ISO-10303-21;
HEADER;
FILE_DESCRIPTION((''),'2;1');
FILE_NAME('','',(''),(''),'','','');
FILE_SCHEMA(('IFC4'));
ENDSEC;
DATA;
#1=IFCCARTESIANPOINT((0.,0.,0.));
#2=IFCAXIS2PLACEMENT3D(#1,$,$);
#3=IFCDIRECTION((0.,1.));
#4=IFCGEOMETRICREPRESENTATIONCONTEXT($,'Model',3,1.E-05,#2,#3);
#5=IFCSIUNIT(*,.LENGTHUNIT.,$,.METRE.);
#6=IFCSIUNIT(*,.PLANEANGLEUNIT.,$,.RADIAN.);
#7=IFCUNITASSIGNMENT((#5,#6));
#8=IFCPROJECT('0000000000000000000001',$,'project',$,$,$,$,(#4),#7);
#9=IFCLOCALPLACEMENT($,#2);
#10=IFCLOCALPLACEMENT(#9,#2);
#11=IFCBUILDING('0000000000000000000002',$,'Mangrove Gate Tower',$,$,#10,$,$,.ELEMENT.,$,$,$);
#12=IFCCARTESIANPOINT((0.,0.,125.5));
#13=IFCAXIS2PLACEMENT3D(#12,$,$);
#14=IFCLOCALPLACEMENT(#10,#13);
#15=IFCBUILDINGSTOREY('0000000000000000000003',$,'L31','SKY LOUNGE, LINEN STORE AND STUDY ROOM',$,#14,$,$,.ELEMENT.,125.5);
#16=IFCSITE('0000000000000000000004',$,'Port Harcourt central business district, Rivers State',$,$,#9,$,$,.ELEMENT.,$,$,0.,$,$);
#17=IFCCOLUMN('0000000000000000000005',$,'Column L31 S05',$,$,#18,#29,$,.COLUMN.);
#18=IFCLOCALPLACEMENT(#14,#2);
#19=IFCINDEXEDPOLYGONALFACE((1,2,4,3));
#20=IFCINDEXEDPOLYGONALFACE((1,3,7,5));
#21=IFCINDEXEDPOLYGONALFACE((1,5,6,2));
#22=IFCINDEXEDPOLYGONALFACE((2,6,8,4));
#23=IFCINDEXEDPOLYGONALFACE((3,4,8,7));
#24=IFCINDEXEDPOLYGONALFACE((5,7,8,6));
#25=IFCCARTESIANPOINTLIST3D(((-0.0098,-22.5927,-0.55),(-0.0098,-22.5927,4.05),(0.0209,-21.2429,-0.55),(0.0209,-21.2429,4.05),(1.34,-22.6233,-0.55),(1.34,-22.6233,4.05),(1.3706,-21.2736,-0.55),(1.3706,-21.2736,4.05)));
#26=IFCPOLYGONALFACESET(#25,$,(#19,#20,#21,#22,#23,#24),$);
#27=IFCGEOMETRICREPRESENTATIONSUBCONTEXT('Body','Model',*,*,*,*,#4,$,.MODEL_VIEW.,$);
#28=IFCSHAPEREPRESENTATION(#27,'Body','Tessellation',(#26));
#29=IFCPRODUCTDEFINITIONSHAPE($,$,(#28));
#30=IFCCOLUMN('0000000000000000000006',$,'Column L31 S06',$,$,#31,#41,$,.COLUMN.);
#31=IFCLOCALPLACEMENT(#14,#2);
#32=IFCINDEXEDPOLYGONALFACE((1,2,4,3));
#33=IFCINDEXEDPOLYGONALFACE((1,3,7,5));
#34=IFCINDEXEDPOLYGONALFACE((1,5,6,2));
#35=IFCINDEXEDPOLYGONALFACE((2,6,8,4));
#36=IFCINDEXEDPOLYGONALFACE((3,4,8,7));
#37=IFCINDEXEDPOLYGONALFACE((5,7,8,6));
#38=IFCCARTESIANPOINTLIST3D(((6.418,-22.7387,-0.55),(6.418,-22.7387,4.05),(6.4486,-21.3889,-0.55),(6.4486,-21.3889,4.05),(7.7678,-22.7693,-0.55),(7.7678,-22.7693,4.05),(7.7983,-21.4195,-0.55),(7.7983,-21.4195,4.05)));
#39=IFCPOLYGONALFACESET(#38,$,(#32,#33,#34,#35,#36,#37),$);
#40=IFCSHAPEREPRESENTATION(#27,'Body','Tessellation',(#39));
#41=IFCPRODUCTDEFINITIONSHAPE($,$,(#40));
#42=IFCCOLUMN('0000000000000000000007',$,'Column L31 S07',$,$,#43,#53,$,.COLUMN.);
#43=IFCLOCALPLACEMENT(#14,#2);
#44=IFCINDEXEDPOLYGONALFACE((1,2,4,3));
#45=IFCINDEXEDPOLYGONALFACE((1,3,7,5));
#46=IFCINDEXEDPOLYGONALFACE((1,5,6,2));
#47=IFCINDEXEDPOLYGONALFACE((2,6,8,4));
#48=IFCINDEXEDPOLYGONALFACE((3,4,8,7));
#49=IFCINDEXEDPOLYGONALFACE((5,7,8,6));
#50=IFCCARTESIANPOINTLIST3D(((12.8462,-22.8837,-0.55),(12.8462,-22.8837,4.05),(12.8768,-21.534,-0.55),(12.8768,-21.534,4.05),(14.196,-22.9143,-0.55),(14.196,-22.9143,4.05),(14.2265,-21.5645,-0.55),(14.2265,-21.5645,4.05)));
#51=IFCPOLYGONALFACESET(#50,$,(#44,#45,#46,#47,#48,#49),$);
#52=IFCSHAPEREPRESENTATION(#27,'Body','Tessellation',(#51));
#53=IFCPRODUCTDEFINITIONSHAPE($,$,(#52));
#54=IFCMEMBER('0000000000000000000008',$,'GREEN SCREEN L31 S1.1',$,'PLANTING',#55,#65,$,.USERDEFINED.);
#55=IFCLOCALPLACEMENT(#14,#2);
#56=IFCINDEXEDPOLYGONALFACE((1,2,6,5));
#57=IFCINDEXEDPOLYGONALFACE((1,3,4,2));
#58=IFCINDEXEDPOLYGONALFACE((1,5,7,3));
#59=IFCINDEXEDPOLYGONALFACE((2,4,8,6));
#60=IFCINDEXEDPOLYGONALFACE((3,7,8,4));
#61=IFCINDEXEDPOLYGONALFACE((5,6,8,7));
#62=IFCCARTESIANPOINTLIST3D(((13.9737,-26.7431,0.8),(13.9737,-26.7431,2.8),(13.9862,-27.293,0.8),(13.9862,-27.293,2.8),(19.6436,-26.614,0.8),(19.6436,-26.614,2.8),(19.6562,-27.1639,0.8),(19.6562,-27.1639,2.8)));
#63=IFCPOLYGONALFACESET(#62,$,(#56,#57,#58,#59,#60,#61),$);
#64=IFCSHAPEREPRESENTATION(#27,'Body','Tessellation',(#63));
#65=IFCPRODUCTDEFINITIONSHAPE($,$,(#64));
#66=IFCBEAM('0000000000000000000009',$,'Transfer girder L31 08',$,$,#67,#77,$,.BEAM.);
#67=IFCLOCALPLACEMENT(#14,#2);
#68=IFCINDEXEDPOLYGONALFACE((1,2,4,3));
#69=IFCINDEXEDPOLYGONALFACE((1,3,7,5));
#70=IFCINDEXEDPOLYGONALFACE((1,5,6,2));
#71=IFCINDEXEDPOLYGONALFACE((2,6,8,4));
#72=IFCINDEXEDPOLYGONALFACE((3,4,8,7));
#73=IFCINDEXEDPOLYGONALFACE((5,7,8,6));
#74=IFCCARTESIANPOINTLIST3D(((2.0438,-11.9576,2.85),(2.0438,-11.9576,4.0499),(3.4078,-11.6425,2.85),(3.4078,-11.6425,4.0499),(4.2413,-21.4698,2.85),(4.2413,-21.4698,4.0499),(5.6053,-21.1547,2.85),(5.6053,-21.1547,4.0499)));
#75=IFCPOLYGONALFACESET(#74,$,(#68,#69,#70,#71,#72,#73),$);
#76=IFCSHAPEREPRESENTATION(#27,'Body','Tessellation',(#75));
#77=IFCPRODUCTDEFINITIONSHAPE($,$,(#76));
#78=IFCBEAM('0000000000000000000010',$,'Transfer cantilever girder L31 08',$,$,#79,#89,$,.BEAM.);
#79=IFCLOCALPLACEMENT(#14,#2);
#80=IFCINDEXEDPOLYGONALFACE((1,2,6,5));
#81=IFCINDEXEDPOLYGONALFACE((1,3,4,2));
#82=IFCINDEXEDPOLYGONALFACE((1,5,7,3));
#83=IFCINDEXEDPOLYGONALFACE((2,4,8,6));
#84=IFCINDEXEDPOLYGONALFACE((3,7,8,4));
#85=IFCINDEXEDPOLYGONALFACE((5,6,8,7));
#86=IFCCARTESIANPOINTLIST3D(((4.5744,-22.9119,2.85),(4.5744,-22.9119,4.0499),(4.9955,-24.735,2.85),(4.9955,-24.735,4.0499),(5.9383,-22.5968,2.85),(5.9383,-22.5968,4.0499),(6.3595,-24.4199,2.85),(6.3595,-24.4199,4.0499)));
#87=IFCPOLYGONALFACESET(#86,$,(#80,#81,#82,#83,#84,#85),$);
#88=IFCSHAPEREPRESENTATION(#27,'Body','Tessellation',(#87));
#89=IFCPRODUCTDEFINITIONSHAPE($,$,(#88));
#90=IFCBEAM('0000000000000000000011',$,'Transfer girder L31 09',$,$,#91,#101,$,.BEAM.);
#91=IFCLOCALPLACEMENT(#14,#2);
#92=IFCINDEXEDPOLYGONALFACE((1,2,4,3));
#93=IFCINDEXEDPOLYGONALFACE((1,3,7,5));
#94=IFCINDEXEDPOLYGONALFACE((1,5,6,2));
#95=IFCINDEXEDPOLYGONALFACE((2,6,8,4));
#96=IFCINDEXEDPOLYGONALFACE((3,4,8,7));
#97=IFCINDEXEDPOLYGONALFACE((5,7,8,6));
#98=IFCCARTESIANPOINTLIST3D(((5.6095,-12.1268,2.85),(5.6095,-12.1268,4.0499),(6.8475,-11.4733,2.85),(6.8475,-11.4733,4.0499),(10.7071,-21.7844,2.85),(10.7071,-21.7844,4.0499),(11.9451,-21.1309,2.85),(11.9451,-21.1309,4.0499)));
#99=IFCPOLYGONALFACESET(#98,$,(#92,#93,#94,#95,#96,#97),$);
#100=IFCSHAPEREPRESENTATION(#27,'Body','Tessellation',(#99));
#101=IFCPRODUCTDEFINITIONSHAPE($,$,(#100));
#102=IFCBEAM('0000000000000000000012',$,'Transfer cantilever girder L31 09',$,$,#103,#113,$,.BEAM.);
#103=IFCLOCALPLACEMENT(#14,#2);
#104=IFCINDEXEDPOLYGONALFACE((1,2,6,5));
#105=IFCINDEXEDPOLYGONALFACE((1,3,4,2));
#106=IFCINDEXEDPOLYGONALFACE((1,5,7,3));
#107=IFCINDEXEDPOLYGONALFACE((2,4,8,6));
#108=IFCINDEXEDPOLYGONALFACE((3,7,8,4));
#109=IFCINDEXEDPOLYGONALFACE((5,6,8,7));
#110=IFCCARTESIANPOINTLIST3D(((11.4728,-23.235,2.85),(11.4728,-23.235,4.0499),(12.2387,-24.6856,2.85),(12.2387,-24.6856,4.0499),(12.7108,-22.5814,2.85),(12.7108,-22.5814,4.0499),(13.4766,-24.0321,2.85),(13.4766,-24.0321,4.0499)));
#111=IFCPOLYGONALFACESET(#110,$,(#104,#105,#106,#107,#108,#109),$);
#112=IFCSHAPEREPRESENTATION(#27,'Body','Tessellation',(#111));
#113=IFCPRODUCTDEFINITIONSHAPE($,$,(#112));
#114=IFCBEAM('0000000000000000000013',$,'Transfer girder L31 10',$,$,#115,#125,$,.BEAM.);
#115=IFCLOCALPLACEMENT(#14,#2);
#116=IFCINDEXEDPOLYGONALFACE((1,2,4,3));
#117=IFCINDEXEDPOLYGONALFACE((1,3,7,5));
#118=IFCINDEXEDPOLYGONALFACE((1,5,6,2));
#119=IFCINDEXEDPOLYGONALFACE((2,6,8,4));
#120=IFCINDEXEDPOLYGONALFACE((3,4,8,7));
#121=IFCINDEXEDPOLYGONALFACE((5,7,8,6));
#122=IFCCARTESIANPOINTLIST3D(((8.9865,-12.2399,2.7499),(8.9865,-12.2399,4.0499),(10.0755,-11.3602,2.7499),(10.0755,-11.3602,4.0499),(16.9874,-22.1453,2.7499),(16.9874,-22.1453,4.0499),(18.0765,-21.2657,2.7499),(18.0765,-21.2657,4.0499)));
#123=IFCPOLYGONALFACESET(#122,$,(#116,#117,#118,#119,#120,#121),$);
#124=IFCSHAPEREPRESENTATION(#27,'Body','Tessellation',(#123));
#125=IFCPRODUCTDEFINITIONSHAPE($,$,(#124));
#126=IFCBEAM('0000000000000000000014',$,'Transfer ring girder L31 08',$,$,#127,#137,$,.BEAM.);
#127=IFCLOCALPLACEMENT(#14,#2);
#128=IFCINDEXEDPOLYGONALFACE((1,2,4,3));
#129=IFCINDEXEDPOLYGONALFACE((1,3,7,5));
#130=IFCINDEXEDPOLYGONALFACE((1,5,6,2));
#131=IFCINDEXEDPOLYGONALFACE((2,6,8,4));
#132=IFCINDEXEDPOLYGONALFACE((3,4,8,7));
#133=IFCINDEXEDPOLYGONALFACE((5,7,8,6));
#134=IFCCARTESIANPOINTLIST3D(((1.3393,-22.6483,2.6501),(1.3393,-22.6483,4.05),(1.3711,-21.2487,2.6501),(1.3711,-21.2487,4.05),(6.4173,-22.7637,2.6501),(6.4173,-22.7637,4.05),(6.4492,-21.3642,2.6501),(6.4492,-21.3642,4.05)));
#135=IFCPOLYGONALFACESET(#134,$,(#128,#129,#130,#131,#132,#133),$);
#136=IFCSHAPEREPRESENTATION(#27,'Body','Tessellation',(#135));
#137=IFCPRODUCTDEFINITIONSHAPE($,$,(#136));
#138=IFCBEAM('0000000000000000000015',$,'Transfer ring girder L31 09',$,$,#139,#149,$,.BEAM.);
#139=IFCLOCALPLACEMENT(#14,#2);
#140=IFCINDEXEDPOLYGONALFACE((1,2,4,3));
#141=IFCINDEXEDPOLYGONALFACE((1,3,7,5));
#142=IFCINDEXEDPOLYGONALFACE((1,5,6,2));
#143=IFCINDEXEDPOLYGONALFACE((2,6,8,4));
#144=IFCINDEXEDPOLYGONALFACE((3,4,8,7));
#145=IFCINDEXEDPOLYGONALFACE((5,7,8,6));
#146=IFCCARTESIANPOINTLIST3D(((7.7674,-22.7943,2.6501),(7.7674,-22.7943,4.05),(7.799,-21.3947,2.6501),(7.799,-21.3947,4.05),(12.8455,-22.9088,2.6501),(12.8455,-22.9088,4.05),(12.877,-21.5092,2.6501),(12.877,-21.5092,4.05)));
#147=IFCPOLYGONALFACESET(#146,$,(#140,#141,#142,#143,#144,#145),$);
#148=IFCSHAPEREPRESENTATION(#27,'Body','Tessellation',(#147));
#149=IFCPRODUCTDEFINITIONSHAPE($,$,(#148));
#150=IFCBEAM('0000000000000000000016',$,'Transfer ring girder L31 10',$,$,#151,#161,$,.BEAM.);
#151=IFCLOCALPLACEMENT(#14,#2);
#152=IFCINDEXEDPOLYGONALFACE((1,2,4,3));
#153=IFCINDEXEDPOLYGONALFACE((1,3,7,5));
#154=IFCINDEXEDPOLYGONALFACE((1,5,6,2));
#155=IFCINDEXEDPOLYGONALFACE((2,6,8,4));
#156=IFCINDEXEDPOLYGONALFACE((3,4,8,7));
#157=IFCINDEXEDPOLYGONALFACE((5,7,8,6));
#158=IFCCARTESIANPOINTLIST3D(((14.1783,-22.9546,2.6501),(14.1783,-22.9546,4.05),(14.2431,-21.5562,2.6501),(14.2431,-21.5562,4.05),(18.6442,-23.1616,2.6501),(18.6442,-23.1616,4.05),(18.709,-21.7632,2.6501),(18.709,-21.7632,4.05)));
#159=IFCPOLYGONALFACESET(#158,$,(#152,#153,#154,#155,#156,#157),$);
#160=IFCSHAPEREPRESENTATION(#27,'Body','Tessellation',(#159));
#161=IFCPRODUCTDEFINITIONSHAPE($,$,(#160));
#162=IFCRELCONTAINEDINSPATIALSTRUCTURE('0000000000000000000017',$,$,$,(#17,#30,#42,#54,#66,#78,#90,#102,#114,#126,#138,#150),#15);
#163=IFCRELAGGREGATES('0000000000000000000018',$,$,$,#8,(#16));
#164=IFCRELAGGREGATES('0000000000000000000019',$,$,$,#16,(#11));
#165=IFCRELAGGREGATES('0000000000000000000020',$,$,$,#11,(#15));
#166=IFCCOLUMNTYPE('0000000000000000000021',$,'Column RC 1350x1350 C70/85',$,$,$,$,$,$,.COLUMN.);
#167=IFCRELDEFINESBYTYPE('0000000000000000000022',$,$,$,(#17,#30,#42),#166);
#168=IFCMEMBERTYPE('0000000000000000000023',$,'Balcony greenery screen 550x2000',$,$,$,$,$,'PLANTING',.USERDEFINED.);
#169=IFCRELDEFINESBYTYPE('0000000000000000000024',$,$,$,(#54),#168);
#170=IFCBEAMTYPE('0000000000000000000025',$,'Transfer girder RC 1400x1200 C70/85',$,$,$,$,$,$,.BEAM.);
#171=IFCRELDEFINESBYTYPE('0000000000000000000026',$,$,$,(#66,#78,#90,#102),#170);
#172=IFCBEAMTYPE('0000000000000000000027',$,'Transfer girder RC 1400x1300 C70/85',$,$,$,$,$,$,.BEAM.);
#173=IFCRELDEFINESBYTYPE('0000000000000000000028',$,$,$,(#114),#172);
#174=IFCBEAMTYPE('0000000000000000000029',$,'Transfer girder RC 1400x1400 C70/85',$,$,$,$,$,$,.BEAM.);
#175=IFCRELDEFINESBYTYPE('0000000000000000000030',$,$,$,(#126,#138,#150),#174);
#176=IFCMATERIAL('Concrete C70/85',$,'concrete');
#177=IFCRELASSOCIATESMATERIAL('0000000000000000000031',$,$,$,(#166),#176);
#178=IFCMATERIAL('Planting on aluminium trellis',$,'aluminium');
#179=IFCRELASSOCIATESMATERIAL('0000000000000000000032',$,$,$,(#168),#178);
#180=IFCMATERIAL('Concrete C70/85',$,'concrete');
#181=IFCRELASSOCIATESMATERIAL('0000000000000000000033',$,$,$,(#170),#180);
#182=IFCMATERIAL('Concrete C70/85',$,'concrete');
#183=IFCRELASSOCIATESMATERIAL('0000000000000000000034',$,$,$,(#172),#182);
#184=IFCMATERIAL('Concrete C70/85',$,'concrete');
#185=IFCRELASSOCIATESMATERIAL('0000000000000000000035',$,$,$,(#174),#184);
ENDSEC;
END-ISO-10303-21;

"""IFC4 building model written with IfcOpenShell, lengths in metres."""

from ifc_helpers import new_model, si_unit, direction, frame, origin, origin_2d, place, context, subcontext, project, spatial, rectangle, extrude, material, material_profile, profile_set, type_object, element, save


model = new_model("IFC4")

# Units and contexts
model_context = context("Model", 3, precision=1e-05, world=origin(), true_north=direction((0.0, 1.0)))
body_context = subcontext(model_context, "Body", "Model", "MODEL_VIEW")
ifc_project = project(units=[si_unit("LENGTHUNIT", "METRE"), si_unit("PLANEANGLEUNIT", "RADIAN")], contexts=[model_context])

# Site, building, storey
site_placement = place(None, origin())
site = spatial("IfcSite", under=ifc_project, at=site_placement, Name="Port Harcourt central business district, Rivers State", CompositionType="ELEMENT", RefElevation=0.0)
building_placement = place(site_placement, origin())
building = spatial("IfcBuilding", under=site, at=building_placement, Name="Mangrove Gate Tower", CompositionType="ELEMENT")
storey_placement = place(building_placement, frame((0.0, 0.0, 125.5)))
storey = spatial("IfcBuildingStorey", under=building, at=storey_placement, Name="L31", Description="SKY LOUNGE, LINEN STORE AND STUDY ROOM", CompositionType="ELEMENT", Elevation=125.5)

# Columns
ifc_material_1 = material(Name="Concrete C70/85", Category="concrete")
ifc_material_profile_1 = material_profile(ifc_material_1, rectangle(XDim=1.3501, YDim=1.3501, at=origin_2d()))
ifc_profile_set_1 = profile_set([ifc_material_profile_1], Name="Concrete C70/85")
column_type = type_object("IfcColumnType", Name="Column RC 1350x1350 C70/85", PredefinedType="COLUMN", material=ifc_profile_set_1)
for number, where, z_axis, x_axis, name in (
    (1, (0.6804, -21.9331, -0.55), (0.0, 0.0, 1.0), (0.999742, -0.022707, 0.0), "Column L31 S05"),
    (2, (7.1082, -22.0791, -0.55), (0.0, 0.0, 1.0), (0.999744, -0.02263, 0.0), "Column L31 S06"),
    (3, (13.5364, -22.2241, -0.55), (0.0, 0.0, 1.0), (0.999744, -0.02263, 0.0), "Column L31 S07"),
):
    element("IfcColumn", number, at=place(storey_placement, frame(where, z_axis=z_axis, x_axis=x_axis)), inside=storey, type_object=column_type, Name=name, PredefinedType="COLUMN", context=body_context, shape_type="SweptSolid", body=[
        extrude(rectangle(XDim=1.3501, YDim=1.3501, at=origin_2d()), origin(), (0.0, 0.0, 1.0), 4.6001),
    ])

# Member
ifc_material_2 = material(Name="Planting on aluminium trellis", Category="aluminium")
ifc_material_profile_2 = material_profile(ifc_material_2, rectangle(XDim=0.55, YDim=2.0, at=origin_2d()))
ifc_profile_set_2 = profile_set([ifc_material_profile_2], Name="Planting on aluminium trellis")
member_type = type_object("IfcMemberType", Name="Balcony greenery screen 550x2000", ElementType="PLANTING", PredefinedType="USERDEFINED", material=ifc_profile_set_2)
member_placement = place(storey_placement, frame((13.98, -27.0181, 1.8), z_axis=(0.999741, 0.022772, 0.0), x_axis=(-0.022772, 0.999741, 0.0)))
element("IfcMember", 4, at=member_placement, inside=storey, type_object=member_type, Name="GREEN SCREEN L31 S1.1", ObjectType="PLANTING", PredefinedType="USERDEFINED", context=body_context, shape_type="SweptSolid", body=[
    extrude(rectangle(XDim=0.55, YDim=2.0, at=origin_2d()), origin(), (0.0, 0.0, 1.0), 5.6714),
])

# Beams
ifc_material_3 = material(Name="Concrete C70/85", Category="concrete")
ifc_material_profile_3 = material_profile(ifc_material_3, rectangle(XDim=1.3999, YDim=1.2, at=origin_2d()))
ifc_profile_set_3 = profile_set([ifc_material_profile_3], Name="Concrete C70/85")
beam_type_1 = type_object("IfcBeamType", Name="Transfer girder RC 1400x1200 C70/85", PredefinedType="BEAM", material=ifc_profile_set_3)
beam_1_placement = place(storey_placement, frame((2.7258, -11.8, 3.45), z_axis=(0.225091, -0.974338, 0.0), x_axis=(0.974338, 0.225091, 0.0)))
element("IfcBeam", 5, at=beam_1_placement, inside=storey, type_object=beam_type_1, Name="Transfer girder L31 08", PredefinedType="BEAM", context=body_context, shape_type="SweptSolid", body=[
    extrude(rectangle(XDim=1.3999, YDim=1.2, at=origin_2d()), origin(), (0.0, 0.0, 1.0), 9.7627),
])
beam_2_placement = place(storey_placement, frame((5.2563, -22.7544, 3.45), z_axis=(0.225088, -0.974338, 0.0), x_axis=(0.974338, 0.225088, 0.0)))
element("IfcBeam", 6, at=beam_2_placement, inside=storey, type_object=beam_type_1, Name="Transfer cantilever girder L31 08", PredefinedType="BEAM", context=body_context, shape_type="SweptSolid", body=[
    extrude(rectangle(XDim=1.3999, YDim=1.2, at=origin_2d()), origin(), (0.0, 0.0, 1.0), 1.8711),
])
beam_3_placement = place(storey_placement, frame((6.2285, -11.8, 3.45), z_axis=(0.466797, -0.884365, 0.0), x_axis=(0.884365, 0.466797, 0.0)))
element("IfcBeam", 7, at=beam_3_placement, inside=storey, type_object=beam_type_1, Name="Transfer girder L31 09", PredefinedType="BEAM", context=body_context, shape_type="SweptSolid", body=[
    extrude(rectangle(XDim=1.3999, YDim=1.2, at=origin_2d()), origin(), (0.0, 0.0, 1.0), 10.9204),
])
beam_4_placement = place(storey_placement, frame((12.0918, -22.9082, 3.45), z_axis=(0.466869, -0.884327, 0.0), x_axis=(0.884327, 0.466869, 0.0)))
element("IfcBeam", 8, at=beam_4_placement, inside=storey, type_object=beam_type_1, Name="Transfer cantilever girder L31 09", PredefinedType="BEAM", context=body_context, shape_type="SweptSolid", body=[
    extrude(rectangle(XDim=1.3999, YDim=1.2, at=origin_2d()), origin(), (0.0, 0.0, 1.0), 1.6404),
])
ifc_material_4 = material(Name="Concrete C70/85", Category="concrete")
ifc_material_profile_4 = material_profile(ifc_material_4, rectangle(XDim=1.3999, YDim=1.3, at=origin_2d()))
ifc_profile_set_4 = profile_set([ifc_material_profile_4], Name="Concrete C70/85")
beam_type_2 = type_object("IfcBeamType", Name="Transfer girder RC 1400x1300 C70/85", PredefinedType="BEAM", material=ifc_profile_set_4)
beam_5_placement = place(storey_placement, frame((9.531, -11.8, 3.3999), z_axis=(0.628355, -0.777927, 0.0), x_axis=(0.777927, 0.628355, 0.0)))
element("IfcBeam", 9, at=beam_5_placement, inside=storey, type_object=beam_type_2, Name="Transfer girder L31 10", PredefinedType="BEAM", context=body_context, shape_type="SweptSolid", body=[
    extrude(rectangle(XDim=1.3999, YDim=1.3, at=origin_2d()), origin(), (0.0, 0.0, 1.0), 12.7332),
])
ifc_material_5 = material(Name="Concrete C70/85", Category="concrete")
ifc_material_profile_5 = material_profile(ifc_material_5, rectangle(XDim=1.3999, YDim=1.3999, at=origin_2d()))
ifc_profile_set_5 = profile_set([ifc_material_profile_5], Name="Concrete C70/85")
beam_type_3 = type_object("IfcBeamType", Name="Transfer girder RC 1400x1400 C70/85", PredefinedType="BEAM", material=ifc_profile_set_5)
for number, where, z_axis, x_axis, name in (
    (10, (1.3552, -21.9485, 3.3501), (0.999742, -0.022735, 0.0), (0.022735, 0.999742, 0.0), "Transfer ring girder L31 08"),
    (11, (7.7832, -22.0945, 3.3501), (0.999746, -0.022542, 0.0), (0.022542, 0.999746, 0.0), "Transfer ring girder L31 09"),
):
    element("IfcBeam", number, at=place(storey_placement, frame(where, z_axis=z_axis, x_axis=x_axis)), inside=storey, type_object=beam_type_3, Name=name, PredefinedType="BEAM", context=body_context, shape_type="SweptSolid", body=[
        extrude(rectangle(XDim=1.3999, YDim=1.3999, at=origin_2d()), origin(), (0.0, 0.0, 1.0), 5.0793),
    ])
beam_6_placement = place(storey_placement, frame((14.2107, -22.2554, 3.3501), z_axis=(0.998927, -0.046309, 0.0), x_axis=(0.046309, 0.998927, 0.0)))
element("IfcBeam", 12, at=beam_6_placement, inside=storey, type_object=beam_type_3, Name="Transfer ring girder L31 10", PredefinedType="BEAM", context=body_context, shape_type="SweptSolid", body=[
    extrude(rectangle(XDim=1.3999, YDim=1.3999, at=origin_2d()), origin(), (0.0, 0.0, 1.0), 4.4707),
])

save(model, "model.ifc")
